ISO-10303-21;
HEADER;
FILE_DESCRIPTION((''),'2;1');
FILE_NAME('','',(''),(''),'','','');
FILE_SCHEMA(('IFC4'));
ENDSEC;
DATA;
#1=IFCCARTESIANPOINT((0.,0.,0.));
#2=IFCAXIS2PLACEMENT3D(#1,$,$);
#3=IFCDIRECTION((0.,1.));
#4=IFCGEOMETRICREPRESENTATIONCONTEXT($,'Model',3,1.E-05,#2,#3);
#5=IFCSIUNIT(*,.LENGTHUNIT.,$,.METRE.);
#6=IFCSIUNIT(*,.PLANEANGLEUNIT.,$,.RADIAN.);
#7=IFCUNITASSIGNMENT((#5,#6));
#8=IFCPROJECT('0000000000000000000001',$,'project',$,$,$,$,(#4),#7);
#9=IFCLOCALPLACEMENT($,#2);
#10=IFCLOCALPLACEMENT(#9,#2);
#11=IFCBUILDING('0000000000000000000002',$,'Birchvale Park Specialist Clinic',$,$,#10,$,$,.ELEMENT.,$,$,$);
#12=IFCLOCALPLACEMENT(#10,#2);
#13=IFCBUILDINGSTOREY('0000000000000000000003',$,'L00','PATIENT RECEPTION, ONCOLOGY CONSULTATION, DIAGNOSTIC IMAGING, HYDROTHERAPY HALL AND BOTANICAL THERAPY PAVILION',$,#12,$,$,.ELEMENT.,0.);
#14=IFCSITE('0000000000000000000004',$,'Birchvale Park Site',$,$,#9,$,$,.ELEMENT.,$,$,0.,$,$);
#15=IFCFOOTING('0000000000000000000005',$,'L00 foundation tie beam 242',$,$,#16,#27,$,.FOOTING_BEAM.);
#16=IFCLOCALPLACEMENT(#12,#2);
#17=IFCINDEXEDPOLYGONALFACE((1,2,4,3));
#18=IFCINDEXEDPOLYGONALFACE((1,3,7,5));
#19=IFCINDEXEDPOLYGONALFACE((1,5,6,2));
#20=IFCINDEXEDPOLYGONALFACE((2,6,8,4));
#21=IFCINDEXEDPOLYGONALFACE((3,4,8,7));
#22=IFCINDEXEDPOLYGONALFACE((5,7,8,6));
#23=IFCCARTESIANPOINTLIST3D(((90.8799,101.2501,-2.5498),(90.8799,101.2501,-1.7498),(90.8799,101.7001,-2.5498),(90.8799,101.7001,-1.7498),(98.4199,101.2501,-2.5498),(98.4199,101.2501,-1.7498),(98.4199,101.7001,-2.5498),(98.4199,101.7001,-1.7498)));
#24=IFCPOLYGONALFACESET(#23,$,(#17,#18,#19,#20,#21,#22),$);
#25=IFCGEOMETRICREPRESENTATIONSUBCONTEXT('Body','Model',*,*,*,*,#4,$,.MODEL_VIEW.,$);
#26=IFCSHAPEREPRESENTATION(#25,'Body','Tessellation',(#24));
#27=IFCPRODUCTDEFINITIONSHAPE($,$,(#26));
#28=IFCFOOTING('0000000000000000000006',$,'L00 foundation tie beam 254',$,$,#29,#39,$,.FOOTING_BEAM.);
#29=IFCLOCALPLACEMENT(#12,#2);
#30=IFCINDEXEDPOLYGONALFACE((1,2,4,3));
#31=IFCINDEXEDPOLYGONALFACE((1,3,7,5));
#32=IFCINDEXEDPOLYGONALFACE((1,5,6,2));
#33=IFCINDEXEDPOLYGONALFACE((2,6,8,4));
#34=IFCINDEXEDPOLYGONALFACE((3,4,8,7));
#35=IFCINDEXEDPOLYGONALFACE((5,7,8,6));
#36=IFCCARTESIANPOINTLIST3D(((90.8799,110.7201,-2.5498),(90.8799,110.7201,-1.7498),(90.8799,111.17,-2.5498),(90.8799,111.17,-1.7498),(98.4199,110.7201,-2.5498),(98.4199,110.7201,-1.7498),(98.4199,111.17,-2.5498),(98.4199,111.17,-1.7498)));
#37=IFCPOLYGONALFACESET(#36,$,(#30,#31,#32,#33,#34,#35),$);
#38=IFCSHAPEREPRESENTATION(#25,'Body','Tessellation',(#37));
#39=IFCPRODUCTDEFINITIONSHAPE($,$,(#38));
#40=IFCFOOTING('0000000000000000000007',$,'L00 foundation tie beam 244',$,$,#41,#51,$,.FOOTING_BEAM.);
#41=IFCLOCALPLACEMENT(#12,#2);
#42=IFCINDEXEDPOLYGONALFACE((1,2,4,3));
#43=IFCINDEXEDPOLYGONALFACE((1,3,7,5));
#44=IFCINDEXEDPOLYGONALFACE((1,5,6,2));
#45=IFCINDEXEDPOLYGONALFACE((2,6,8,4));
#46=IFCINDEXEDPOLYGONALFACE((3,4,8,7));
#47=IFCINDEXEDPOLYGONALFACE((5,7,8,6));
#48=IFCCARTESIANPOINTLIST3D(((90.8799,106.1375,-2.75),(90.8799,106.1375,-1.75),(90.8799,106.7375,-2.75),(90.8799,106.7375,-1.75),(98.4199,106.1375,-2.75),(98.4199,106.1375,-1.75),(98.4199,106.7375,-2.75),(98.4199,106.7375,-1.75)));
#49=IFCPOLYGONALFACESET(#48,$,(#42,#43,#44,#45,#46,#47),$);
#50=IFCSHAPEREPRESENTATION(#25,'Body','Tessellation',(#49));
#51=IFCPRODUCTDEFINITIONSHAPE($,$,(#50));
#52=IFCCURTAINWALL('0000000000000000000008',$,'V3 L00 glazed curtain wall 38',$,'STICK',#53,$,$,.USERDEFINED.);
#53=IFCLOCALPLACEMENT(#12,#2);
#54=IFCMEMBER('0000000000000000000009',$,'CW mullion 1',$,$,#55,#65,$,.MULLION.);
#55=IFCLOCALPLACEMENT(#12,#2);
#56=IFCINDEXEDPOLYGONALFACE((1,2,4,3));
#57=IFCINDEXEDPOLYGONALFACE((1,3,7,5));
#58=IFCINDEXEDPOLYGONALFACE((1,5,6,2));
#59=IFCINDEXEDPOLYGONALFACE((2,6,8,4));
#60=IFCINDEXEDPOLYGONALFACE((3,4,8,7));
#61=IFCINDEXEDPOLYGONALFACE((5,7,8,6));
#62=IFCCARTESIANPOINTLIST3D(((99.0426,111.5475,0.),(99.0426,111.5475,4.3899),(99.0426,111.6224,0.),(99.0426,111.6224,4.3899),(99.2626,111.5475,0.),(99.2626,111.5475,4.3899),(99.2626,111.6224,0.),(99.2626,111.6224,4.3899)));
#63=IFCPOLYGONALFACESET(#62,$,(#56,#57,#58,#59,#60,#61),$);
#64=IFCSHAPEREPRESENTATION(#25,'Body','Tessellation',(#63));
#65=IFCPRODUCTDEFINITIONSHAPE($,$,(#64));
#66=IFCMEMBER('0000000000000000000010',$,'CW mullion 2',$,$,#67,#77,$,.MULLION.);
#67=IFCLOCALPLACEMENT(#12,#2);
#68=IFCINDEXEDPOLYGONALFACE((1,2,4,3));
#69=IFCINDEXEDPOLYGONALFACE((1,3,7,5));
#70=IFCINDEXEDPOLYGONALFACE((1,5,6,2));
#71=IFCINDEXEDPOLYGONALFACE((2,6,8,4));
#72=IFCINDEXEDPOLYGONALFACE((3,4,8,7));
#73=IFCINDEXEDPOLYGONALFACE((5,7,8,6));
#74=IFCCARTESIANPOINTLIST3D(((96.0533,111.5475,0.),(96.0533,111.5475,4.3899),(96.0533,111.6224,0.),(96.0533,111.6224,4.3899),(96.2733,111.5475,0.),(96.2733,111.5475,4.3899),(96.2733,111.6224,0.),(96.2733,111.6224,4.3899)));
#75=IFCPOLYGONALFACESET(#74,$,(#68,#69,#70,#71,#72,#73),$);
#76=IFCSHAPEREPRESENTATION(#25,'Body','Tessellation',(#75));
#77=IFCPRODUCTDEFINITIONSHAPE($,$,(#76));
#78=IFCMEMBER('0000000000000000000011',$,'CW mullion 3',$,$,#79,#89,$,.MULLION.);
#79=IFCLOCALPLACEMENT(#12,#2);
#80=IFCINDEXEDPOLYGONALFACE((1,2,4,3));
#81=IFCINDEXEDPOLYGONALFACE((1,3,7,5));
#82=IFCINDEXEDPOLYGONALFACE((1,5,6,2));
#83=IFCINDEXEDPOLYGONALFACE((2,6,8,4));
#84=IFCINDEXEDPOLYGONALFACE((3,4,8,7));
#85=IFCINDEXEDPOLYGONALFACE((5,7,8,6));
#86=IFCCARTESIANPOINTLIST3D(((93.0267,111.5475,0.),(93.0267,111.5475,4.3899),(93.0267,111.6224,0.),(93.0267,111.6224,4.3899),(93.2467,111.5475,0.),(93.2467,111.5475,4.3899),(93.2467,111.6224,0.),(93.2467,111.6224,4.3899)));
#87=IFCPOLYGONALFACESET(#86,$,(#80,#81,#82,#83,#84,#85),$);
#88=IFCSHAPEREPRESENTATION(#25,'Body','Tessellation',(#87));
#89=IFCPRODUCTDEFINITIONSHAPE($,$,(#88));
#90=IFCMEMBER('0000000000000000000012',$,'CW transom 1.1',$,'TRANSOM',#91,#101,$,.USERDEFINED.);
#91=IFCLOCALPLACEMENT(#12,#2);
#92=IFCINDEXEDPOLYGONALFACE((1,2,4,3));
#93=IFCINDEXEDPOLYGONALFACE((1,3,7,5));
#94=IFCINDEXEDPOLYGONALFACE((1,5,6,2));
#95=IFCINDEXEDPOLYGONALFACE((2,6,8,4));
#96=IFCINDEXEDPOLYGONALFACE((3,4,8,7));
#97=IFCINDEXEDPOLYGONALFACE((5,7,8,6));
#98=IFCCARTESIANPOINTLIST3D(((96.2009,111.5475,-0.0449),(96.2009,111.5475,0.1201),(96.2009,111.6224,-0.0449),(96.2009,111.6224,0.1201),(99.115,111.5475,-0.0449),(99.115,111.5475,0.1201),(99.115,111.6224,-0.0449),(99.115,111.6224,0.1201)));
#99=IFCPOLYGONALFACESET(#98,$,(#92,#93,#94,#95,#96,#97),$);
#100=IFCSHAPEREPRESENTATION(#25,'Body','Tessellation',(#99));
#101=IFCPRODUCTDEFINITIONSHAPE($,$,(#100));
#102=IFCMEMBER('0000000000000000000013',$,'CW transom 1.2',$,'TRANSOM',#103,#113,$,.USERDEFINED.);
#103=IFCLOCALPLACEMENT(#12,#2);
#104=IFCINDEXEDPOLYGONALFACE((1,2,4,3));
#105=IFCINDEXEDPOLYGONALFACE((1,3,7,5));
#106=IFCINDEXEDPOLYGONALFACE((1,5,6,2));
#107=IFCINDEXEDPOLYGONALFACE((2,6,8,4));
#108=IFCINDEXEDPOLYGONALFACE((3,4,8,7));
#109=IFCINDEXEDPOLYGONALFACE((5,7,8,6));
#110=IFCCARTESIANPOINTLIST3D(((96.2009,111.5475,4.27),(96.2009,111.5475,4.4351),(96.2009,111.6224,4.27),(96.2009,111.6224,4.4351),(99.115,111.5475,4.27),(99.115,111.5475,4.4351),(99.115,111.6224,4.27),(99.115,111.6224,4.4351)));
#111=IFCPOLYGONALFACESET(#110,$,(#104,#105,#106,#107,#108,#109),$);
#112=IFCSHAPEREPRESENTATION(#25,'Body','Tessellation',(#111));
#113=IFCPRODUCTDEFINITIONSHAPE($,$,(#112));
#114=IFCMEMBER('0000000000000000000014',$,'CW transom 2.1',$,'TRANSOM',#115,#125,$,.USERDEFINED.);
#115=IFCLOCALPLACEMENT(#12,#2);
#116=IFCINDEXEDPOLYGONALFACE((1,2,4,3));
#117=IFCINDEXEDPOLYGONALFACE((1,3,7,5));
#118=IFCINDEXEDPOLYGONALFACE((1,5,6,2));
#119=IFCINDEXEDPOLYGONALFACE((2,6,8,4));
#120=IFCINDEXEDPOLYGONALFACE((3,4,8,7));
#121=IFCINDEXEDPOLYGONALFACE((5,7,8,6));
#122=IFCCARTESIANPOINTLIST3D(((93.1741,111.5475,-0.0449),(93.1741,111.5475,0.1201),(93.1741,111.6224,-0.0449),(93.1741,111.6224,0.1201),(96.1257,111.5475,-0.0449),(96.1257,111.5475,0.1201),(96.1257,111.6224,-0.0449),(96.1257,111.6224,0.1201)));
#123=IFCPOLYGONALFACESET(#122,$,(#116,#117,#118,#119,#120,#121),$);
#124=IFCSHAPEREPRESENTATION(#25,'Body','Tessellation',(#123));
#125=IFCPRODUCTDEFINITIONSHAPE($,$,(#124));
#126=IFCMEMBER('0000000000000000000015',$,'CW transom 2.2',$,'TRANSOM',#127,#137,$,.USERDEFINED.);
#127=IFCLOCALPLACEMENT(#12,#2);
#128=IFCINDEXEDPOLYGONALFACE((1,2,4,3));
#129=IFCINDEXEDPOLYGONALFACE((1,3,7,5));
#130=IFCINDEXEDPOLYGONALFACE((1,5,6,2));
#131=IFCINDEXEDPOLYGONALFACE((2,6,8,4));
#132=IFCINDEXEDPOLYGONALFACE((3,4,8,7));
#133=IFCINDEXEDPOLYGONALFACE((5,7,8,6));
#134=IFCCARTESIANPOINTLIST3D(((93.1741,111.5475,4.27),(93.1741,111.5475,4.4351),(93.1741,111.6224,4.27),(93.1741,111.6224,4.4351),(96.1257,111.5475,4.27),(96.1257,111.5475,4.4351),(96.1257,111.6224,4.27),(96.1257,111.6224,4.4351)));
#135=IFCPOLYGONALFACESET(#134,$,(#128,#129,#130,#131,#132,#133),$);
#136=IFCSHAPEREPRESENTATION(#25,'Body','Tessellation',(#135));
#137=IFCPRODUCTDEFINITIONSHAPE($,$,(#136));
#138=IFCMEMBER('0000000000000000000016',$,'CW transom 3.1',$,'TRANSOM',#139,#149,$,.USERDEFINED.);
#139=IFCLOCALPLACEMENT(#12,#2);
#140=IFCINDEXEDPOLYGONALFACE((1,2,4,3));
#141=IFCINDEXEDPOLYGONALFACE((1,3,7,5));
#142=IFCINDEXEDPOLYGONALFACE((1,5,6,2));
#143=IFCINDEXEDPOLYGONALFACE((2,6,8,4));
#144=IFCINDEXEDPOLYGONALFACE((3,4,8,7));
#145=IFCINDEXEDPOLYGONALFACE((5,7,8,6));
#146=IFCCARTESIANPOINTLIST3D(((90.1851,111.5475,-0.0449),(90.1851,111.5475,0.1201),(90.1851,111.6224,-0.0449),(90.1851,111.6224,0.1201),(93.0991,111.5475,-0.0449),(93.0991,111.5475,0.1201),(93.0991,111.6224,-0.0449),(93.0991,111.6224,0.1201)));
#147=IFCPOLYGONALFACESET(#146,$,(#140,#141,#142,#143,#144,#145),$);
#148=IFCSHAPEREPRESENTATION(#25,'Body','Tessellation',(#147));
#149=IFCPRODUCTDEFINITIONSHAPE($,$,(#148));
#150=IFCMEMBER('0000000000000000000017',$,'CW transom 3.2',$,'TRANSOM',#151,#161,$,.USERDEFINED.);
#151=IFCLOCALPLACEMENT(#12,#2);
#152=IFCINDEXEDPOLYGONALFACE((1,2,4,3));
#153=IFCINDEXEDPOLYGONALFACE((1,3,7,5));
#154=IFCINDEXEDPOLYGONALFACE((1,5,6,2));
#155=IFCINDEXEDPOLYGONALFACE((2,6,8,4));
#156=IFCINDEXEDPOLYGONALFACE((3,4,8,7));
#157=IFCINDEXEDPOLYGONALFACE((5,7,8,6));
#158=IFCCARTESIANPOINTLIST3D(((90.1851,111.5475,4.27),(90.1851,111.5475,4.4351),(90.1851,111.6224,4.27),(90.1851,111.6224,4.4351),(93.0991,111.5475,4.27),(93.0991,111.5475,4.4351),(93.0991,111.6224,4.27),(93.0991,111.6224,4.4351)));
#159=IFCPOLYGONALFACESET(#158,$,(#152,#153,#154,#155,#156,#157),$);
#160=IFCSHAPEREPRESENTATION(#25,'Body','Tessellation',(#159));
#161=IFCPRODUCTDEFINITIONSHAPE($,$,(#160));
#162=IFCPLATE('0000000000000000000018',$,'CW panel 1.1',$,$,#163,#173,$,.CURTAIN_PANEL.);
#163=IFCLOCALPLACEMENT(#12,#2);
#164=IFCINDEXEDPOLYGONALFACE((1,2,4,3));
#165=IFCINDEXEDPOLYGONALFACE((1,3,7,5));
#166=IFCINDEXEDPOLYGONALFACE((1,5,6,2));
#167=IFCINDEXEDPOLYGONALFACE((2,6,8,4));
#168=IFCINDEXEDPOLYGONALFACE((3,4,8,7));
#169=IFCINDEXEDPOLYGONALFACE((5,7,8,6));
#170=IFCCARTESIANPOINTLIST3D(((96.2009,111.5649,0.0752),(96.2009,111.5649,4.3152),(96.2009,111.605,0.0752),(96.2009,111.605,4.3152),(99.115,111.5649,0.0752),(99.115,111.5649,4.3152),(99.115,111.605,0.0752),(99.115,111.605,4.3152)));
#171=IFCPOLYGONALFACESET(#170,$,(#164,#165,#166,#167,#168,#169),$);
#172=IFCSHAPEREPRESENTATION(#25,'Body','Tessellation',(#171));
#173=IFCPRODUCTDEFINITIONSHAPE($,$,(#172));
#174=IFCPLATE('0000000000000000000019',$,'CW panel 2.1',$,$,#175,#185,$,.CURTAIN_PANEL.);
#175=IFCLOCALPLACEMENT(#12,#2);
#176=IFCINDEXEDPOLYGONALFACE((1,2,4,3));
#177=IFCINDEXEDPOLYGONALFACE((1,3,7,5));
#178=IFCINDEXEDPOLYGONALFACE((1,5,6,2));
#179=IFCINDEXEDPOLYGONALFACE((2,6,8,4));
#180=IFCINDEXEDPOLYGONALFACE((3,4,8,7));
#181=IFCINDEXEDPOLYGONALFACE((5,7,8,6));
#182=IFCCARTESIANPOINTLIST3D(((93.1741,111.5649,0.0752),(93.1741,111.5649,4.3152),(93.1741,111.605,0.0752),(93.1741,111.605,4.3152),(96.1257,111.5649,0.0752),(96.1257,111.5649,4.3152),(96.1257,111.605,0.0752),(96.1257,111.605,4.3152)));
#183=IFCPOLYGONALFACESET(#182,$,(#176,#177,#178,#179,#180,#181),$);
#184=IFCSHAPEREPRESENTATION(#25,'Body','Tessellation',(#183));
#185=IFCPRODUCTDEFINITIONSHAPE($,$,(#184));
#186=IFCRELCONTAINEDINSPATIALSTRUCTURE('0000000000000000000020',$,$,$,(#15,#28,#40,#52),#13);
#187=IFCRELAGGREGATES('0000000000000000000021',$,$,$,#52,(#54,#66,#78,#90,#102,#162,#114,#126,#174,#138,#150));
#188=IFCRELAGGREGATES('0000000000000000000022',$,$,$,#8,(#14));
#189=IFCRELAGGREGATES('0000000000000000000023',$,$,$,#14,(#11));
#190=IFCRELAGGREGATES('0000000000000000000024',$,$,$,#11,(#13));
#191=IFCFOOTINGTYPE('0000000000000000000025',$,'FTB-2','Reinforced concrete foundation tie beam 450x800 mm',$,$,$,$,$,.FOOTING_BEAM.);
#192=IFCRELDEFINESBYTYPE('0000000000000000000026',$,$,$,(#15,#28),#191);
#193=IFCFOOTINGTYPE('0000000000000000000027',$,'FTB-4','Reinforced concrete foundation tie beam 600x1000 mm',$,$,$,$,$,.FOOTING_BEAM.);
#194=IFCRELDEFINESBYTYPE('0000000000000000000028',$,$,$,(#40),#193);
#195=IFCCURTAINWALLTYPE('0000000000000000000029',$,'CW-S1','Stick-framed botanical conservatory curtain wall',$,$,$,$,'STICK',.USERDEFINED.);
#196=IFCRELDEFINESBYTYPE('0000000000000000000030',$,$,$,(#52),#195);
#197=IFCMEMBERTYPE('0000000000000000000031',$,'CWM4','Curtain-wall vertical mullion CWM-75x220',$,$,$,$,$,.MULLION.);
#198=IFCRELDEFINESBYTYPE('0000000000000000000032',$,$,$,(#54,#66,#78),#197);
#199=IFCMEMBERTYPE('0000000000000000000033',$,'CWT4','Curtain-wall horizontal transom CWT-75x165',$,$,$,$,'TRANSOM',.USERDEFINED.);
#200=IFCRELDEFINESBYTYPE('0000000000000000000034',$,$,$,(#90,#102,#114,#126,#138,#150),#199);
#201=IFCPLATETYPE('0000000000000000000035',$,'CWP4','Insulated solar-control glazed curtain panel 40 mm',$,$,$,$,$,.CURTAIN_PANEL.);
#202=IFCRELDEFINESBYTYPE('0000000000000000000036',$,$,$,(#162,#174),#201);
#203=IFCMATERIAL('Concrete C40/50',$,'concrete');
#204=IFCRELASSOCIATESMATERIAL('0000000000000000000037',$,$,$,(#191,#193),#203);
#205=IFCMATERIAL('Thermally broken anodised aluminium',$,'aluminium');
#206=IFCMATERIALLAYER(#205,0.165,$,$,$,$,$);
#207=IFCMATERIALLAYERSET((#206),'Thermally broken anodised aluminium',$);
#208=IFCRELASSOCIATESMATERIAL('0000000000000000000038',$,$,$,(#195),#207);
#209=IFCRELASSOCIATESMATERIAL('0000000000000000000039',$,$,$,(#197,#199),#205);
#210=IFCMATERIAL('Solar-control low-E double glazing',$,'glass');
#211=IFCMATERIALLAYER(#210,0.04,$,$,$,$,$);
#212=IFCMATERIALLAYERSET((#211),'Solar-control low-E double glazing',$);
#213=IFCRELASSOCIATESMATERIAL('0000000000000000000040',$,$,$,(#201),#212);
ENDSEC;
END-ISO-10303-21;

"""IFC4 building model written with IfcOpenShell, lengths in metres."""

from ifc_helpers import new_model, si_unit, direction, frame, origin, origin_2d, place, context, subcontext, project, spatial, rectangle, extrude, material, layer, layer_set, material_profile, profile_set, type_object, element, aggregate, save


model = new_model("IFC4")

# Units and contexts
model_context = context("Model", 3, precision=1e-05, world=origin(), true_north=direction((0.0, 1.0)))
body_context = subcontext(model_context, "Body", "Model", "MODEL_VIEW")
ifc_project = project(units=[si_unit("LENGTHUNIT", "METRE"), si_unit("PLANEANGLEUNIT", "RADIAN")], contexts=[model_context])

# Site, building, storey
site_placement = place(None, origin())
site = spatial("IfcSite", under=ifc_project, at=site_placement, Name="Birchvale Park Site", CompositionType="ELEMENT", RefElevation=0.0)
building_placement = place(site_placement, origin())
building = spatial("IfcBuilding", under=site, at=building_placement, Name="Birchvale Park Specialist Clinic", CompositionType="ELEMENT")
storey_placement = place(building_placement, origin())
storey = spatial("IfcBuildingStorey", under=building, at=storey_placement, Name="L00", Description="PATIENT RECEPTION, ONCOLOGY CONSULTATION, DIAGNOSTIC IMAGING, HYDROTHERAPY HALL AND BOTANICAL THERAPY PAVILION", CompositionType="ELEMENT", Elevation=0.0)

# Footings
ifc_material_1 = material(Name="Concrete C40/50", Category="concrete")
footing_type_1 = type_object("IfcFootingType", Name="FTB-2", Description="Reinforced concrete foundation tie beam 450x800 mm", PredefinedType="FOOTING_BEAM", material=ifc_material_1)
for number, where, z_axis, x_axis, name in (
    (1, (94.6499, 101.4751, -2.5498), (0.0, 0.0, 1.0), (1.0, 0.0, 0.0), "L00 foundation tie beam 242"),
    (2, (94.6499, 110.9451, -2.5498), (0.0, 0.0, 1.0), (1.0, 0.0, 0.0), "L00 foundation tie beam 254"),
):
    element("IfcFooting", number, at=place(storey_placement, frame(where, z_axis=z_axis, x_axis=x_axis)), inside=storey, type_object=footing_type_1, Name=name, PredefinedType="FOOTING_BEAM", context=body_context, shape_type="SweptSolid", body=[
        extrude(rectangle(XDim=7.54, YDim=0.45, at=origin_2d()), origin(), (0.0, 0.0, 1.0), 0.8),
    ])
footing_type_2 = type_object("IfcFootingType", Name="FTB-4", Description="Reinforced concrete foundation tie beam 600x1000 mm", PredefinedType="FOOTING_BEAM", material=ifc_material_1)
footing_placement = place(storey_placement, frame((94.6499, 106.4375, -2.75), z_axis=(0.0, 0.0, 1.0), x_axis=(1.0, 0.0, 0.0)))
element("IfcFooting", 3, at=footing_placement, inside=storey, type_object=footing_type_2, Name="L00 foundation tie beam 244", PredefinedType="FOOTING_BEAM", context=body_context, shape_type="SweptSolid", body=[
    extrude(rectangle(XDim=7.54, YDim=0.6001, at=origin_2d()), origin(), (0.0, 0.0, 1.0), 1.0),
])

# Curtain wall, members, plates
ifc_material_2 = material(Name="Thermally broken anodised aluminium", Category="aluminium")
ifc_layer_1 = layer(ifc_material_2, 0.165)
ifc_layer_set_1 = layer_set([ifc_layer_1], Name="Thermally broken anodised aluminium")
curtain_wall_type = type_object("IfcCurtainWallType", Name="CW-S1", Description="Stick-framed botanical conservatory curtain wall", ElementType="STICK", PredefinedType="USERDEFINED", material=ifc_layer_set_1)
curtain_wall_placement = place(storey_placement, origin())
curtain_wall = element("IfcCurtainWall", 4, at=curtain_wall_placement, inside=storey, type_object=curtain_wall_type, Name="V3 L00 glazed curtain wall 38", ObjectType="STICK", PredefinedType="USERDEFINED")
ifc_material_profile_1 = material_profile(ifc_material_2, rectangle(XDim=0.075, YDim=0.22, at=origin_2d()), Name="CWM-75x220")
ifc_profile_set_1 = profile_set([ifc_material_profile_1], Name="Thermally broken anodised aluminium")
member_type_1 = type_object("IfcMemberType", Name="CWM4", Description="Curtain-wall vertical mullion CWM-75x220", PredefinedType="MULLION", material=ifc_profile_set_1)
member_1_placement = place(storey_placement, frame((99.1526, 111.585, 0.0), z_axis=(0.0, 0.0, 1.0), x_axis=(0.0, -1.0, 0.0)))
member_1 = element("IfcMember", 5, at=member_1_placement, type_object=member_type_1, Name="CW mullion 1", PredefinedType="MULLION", context=body_context, shape_type="SweptSolid", body=[
    extrude(rectangle(XDim=0.075, YDim=0.22, at=origin_2d()), origin(), (0.0, 0.0, 1.0), 4.3899),
])
member_2_placement = place(storey_placement, frame((96.1633, 111.585, 0.0), z_axis=(0.0, 0.0, 1.0), x_axis=(0.0, -1.0, 0.0)))
member_2 = element("IfcMember", 6, at=member_2_placement, type_object=member_type_1, Name="CW mullion 2", PredefinedType="MULLION", context=body_context, shape_type="SweptSolid", body=[
    extrude(rectangle(XDim=0.075, YDim=0.22, at=origin_2d()), origin(), (0.0, 0.0, 1.0), 4.3899),
])
member_3_placement = place(storey_placement, frame((93.1367, 111.585, 0.0), z_axis=(0.0, 0.0, 1.0), x_axis=(0.0, -1.0, 0.0)))
member_3 = element("IfcMember", 7, at=member_3_placement, type_object=member_type_1, Name="CW mullion 3", PredefinedType="MULLION", context=body_context, shape_type="SweptSolid", body=[
    extrude(rectangle(XDim=0.075, YDim=0.22, at=origin_2d()), origin(), (0.0, 0.0, 1.0), 4.3899),
])
ifc_material_profile_2 = material_profile(ifc_material_2, rectangle(XDim=0.075, YDim=0.165, at=origin_2d()), Name="CWT-75x165")
ifc_profile_set_2 = profile_set([ifc_material_profile_2], Name="Thermally broken anodised aluminium")
member_type_2 = type_object("IfcMemberType", Name="CWT4", Description="Curtain-wall horizontal transom CWT-75x165", ElementType="TRANSOM", PredefinedType="USERDEFINED", material=ifc_profile_set_2)
member_4_placement = place(storey_placement, frame((99.115, 111.585, 0.0376), z_axis=(-1.0, 0.0, 0.0), x_axis=(0.0, -1.0, 0.0)))
member_4 = element("IfcMember", 8, at=member_4_placement, type_object=member_type_2, Name="CW transom 1.1", ObjectType="TRANSOM", PredefinedType="USERDEFINED", context=body_context, shape_type="SweptSolid", body=[
    extrude(rectangle(XDim=0.075, YDim=0.165, at=origin_2d()), origin(), (0.0, 0.0, 1.0), 2.9141),
])
member_5_placement = place(storey_placement, frame((99.115, 111.585, 4.3525), z_axis=(-1.0, 0.0, 0.0), x_axis=(0.0, -1.0, 0.0)))
member_5 = element("IfcMember", 9, at=member_5_placement, type_object=member_type_2, Name="CW transom 1.2", ObjectType="TRANSOM", PredefinedType="USERDEFINED", context=body_context, shape_type="SweptSolid", body=[
    extrude(rectangle(XDim=0.075, YDim=0.165, at=origin_2d()), origin(), (0.0, 0.0, 1.0), 2.9141),
])
member_6_placement = place(storey_placement, frame((96.1257, 111.585, 0.0376), z_axis=(-1.0, 0.0, 0.0), x_axis=(0.0, -1.0, 0.0)))
member_6 = element("IfcMember", 10, at=member_6_placement, type_object=member_type_2, Name="CW transom 2.1", ObjectType="TRANSOM", PredefinedType="USERDEFINED", context=body_context, shape_type="SweptSolid", body=[
    extrude(rectangle(XDim=0.075, YDim=0.165, at=origin_2d()), origin(), (0.0, 0.0, 1.0), 2.9517),
])
member_7_placement = place(storey_placement, frame((96.1257, 111.585, 4.3525), z_axis=(-1.0, 0.0, 0.0), x_axis=(0.0, -1.0, 0.0)))
member_7 = element("IfcMember", 11, at=member_7_placement, type_object=member_type_2, Name="CW transom 2.2", ObjectType="TRANSOM", PredefinedType="USERDEFINED", context=body_context, shape_type="SweptSolid", body=[
    extrude(rectangle(XDim=0.075, YDim=0.165, at=origin_2d()), origin(), (0.0, 0.0, 1.0), 2.9517),
])
member_8_placement = place(storey_placement, frame((93.0991, 111.585, 0.0376), z_axis=(-1.0, 0.0, 0.0), x_axis=(0.0, -1.0, 0.0)))
member_8 = element("IfcMember", 12, at=member_8_placement, type_object=member_type_2, Name="CW transom 3.1", ObjectType="TRANSOM", PredefinedType="USERDEFINED", context=body_context, shape_type="SweptSolid", body=[
    extrude(rectangle(XDim=0.075, YDim=0.165, at=origin_2d()), origin(), (0.0, 0.0, 1.0), 2.9141),
])
member_9_placement = place(storey_placement, frame((93.0991, 111.585, 4.3525), z_axis=(-1.0, 0.0, 0.0), x_axis=(0.0, -1.0, 0.0)))
member_9 = element("IfcMember", 13, at=member_9_placement, type_object=member_type_2, Name="CW transom 3.2", ObjectType="TRANSOM", PredefinedType="USERDEFINED", context=body_context, shape_type="SweptSolid", body=[
    extrude(rectangle(XDim=0.075, YDim=0.165, at=origin_2d()), origin(), (0.0, 0.0, 1.0), 2.9141),
])
ifc_material_3 = material(Name="Solar-control low-E double glazing", Category="glass")
ifc_layer_2 = layer(ifc_material_3, 0.04)
ifc_layer_set_2 = layer_set([ifc_layer_2], Name="Solar-control low-E double glazing")
plate_type = type_object("IfcPlateType", Name="CWP4", Description="Insulated solar-control glazed curtain panel 40 mm", PredefinedType="CURTAIN_PANEL", material=ifc_layer_set_2)
plate_1_placement = place(storey_placement, frame((97.658, 111.585, 0.0752), z_axis=(0.0, 0.0, 1.0), x_axis=(-1.0, 0.0, 0.0)))
plate_1 = element("IfcPlate", 14, at=plate_1_placement, type_object=plate_type, Name="CW panel 1.1", PredefinedType="CURTAIN_PANEL", context=body_context, shape_type="SweptSolid", body=[
    extrude(rectangle(XDim=2.9141, YDim=0.04, at=origin_2d()), origin(), (0.0, 0.0, 1.0), 4.24),
])
plate_2_placement = place(storey_placement, frame((94.6499, 111.585, 0.0752), z_axis=(0.0, 0.0, 1.0), x_axis=(-1.0, 0.0, 0.0)))
plate_2 = element("IfcPlate", 15, at=plate_2_placement, type_object=plate_type, Name="CW panel 2.1", PredefinedType="CURTAIN_PANEL", context=body_context, shape_type="SweptSolid", body=[
    extrude(rectangle(XDim=2.9517, YDim=0.04, at=origin_2d()), origin(), (0.0, 0.0, 1.0), 4.24),
])
aggregate(curtain_wall, [member_1, member_2, member_3, member_4, member_5, plate_1, member_6, member_7, plate_2, member_8, member_9])

save(model, "model.ifc")
